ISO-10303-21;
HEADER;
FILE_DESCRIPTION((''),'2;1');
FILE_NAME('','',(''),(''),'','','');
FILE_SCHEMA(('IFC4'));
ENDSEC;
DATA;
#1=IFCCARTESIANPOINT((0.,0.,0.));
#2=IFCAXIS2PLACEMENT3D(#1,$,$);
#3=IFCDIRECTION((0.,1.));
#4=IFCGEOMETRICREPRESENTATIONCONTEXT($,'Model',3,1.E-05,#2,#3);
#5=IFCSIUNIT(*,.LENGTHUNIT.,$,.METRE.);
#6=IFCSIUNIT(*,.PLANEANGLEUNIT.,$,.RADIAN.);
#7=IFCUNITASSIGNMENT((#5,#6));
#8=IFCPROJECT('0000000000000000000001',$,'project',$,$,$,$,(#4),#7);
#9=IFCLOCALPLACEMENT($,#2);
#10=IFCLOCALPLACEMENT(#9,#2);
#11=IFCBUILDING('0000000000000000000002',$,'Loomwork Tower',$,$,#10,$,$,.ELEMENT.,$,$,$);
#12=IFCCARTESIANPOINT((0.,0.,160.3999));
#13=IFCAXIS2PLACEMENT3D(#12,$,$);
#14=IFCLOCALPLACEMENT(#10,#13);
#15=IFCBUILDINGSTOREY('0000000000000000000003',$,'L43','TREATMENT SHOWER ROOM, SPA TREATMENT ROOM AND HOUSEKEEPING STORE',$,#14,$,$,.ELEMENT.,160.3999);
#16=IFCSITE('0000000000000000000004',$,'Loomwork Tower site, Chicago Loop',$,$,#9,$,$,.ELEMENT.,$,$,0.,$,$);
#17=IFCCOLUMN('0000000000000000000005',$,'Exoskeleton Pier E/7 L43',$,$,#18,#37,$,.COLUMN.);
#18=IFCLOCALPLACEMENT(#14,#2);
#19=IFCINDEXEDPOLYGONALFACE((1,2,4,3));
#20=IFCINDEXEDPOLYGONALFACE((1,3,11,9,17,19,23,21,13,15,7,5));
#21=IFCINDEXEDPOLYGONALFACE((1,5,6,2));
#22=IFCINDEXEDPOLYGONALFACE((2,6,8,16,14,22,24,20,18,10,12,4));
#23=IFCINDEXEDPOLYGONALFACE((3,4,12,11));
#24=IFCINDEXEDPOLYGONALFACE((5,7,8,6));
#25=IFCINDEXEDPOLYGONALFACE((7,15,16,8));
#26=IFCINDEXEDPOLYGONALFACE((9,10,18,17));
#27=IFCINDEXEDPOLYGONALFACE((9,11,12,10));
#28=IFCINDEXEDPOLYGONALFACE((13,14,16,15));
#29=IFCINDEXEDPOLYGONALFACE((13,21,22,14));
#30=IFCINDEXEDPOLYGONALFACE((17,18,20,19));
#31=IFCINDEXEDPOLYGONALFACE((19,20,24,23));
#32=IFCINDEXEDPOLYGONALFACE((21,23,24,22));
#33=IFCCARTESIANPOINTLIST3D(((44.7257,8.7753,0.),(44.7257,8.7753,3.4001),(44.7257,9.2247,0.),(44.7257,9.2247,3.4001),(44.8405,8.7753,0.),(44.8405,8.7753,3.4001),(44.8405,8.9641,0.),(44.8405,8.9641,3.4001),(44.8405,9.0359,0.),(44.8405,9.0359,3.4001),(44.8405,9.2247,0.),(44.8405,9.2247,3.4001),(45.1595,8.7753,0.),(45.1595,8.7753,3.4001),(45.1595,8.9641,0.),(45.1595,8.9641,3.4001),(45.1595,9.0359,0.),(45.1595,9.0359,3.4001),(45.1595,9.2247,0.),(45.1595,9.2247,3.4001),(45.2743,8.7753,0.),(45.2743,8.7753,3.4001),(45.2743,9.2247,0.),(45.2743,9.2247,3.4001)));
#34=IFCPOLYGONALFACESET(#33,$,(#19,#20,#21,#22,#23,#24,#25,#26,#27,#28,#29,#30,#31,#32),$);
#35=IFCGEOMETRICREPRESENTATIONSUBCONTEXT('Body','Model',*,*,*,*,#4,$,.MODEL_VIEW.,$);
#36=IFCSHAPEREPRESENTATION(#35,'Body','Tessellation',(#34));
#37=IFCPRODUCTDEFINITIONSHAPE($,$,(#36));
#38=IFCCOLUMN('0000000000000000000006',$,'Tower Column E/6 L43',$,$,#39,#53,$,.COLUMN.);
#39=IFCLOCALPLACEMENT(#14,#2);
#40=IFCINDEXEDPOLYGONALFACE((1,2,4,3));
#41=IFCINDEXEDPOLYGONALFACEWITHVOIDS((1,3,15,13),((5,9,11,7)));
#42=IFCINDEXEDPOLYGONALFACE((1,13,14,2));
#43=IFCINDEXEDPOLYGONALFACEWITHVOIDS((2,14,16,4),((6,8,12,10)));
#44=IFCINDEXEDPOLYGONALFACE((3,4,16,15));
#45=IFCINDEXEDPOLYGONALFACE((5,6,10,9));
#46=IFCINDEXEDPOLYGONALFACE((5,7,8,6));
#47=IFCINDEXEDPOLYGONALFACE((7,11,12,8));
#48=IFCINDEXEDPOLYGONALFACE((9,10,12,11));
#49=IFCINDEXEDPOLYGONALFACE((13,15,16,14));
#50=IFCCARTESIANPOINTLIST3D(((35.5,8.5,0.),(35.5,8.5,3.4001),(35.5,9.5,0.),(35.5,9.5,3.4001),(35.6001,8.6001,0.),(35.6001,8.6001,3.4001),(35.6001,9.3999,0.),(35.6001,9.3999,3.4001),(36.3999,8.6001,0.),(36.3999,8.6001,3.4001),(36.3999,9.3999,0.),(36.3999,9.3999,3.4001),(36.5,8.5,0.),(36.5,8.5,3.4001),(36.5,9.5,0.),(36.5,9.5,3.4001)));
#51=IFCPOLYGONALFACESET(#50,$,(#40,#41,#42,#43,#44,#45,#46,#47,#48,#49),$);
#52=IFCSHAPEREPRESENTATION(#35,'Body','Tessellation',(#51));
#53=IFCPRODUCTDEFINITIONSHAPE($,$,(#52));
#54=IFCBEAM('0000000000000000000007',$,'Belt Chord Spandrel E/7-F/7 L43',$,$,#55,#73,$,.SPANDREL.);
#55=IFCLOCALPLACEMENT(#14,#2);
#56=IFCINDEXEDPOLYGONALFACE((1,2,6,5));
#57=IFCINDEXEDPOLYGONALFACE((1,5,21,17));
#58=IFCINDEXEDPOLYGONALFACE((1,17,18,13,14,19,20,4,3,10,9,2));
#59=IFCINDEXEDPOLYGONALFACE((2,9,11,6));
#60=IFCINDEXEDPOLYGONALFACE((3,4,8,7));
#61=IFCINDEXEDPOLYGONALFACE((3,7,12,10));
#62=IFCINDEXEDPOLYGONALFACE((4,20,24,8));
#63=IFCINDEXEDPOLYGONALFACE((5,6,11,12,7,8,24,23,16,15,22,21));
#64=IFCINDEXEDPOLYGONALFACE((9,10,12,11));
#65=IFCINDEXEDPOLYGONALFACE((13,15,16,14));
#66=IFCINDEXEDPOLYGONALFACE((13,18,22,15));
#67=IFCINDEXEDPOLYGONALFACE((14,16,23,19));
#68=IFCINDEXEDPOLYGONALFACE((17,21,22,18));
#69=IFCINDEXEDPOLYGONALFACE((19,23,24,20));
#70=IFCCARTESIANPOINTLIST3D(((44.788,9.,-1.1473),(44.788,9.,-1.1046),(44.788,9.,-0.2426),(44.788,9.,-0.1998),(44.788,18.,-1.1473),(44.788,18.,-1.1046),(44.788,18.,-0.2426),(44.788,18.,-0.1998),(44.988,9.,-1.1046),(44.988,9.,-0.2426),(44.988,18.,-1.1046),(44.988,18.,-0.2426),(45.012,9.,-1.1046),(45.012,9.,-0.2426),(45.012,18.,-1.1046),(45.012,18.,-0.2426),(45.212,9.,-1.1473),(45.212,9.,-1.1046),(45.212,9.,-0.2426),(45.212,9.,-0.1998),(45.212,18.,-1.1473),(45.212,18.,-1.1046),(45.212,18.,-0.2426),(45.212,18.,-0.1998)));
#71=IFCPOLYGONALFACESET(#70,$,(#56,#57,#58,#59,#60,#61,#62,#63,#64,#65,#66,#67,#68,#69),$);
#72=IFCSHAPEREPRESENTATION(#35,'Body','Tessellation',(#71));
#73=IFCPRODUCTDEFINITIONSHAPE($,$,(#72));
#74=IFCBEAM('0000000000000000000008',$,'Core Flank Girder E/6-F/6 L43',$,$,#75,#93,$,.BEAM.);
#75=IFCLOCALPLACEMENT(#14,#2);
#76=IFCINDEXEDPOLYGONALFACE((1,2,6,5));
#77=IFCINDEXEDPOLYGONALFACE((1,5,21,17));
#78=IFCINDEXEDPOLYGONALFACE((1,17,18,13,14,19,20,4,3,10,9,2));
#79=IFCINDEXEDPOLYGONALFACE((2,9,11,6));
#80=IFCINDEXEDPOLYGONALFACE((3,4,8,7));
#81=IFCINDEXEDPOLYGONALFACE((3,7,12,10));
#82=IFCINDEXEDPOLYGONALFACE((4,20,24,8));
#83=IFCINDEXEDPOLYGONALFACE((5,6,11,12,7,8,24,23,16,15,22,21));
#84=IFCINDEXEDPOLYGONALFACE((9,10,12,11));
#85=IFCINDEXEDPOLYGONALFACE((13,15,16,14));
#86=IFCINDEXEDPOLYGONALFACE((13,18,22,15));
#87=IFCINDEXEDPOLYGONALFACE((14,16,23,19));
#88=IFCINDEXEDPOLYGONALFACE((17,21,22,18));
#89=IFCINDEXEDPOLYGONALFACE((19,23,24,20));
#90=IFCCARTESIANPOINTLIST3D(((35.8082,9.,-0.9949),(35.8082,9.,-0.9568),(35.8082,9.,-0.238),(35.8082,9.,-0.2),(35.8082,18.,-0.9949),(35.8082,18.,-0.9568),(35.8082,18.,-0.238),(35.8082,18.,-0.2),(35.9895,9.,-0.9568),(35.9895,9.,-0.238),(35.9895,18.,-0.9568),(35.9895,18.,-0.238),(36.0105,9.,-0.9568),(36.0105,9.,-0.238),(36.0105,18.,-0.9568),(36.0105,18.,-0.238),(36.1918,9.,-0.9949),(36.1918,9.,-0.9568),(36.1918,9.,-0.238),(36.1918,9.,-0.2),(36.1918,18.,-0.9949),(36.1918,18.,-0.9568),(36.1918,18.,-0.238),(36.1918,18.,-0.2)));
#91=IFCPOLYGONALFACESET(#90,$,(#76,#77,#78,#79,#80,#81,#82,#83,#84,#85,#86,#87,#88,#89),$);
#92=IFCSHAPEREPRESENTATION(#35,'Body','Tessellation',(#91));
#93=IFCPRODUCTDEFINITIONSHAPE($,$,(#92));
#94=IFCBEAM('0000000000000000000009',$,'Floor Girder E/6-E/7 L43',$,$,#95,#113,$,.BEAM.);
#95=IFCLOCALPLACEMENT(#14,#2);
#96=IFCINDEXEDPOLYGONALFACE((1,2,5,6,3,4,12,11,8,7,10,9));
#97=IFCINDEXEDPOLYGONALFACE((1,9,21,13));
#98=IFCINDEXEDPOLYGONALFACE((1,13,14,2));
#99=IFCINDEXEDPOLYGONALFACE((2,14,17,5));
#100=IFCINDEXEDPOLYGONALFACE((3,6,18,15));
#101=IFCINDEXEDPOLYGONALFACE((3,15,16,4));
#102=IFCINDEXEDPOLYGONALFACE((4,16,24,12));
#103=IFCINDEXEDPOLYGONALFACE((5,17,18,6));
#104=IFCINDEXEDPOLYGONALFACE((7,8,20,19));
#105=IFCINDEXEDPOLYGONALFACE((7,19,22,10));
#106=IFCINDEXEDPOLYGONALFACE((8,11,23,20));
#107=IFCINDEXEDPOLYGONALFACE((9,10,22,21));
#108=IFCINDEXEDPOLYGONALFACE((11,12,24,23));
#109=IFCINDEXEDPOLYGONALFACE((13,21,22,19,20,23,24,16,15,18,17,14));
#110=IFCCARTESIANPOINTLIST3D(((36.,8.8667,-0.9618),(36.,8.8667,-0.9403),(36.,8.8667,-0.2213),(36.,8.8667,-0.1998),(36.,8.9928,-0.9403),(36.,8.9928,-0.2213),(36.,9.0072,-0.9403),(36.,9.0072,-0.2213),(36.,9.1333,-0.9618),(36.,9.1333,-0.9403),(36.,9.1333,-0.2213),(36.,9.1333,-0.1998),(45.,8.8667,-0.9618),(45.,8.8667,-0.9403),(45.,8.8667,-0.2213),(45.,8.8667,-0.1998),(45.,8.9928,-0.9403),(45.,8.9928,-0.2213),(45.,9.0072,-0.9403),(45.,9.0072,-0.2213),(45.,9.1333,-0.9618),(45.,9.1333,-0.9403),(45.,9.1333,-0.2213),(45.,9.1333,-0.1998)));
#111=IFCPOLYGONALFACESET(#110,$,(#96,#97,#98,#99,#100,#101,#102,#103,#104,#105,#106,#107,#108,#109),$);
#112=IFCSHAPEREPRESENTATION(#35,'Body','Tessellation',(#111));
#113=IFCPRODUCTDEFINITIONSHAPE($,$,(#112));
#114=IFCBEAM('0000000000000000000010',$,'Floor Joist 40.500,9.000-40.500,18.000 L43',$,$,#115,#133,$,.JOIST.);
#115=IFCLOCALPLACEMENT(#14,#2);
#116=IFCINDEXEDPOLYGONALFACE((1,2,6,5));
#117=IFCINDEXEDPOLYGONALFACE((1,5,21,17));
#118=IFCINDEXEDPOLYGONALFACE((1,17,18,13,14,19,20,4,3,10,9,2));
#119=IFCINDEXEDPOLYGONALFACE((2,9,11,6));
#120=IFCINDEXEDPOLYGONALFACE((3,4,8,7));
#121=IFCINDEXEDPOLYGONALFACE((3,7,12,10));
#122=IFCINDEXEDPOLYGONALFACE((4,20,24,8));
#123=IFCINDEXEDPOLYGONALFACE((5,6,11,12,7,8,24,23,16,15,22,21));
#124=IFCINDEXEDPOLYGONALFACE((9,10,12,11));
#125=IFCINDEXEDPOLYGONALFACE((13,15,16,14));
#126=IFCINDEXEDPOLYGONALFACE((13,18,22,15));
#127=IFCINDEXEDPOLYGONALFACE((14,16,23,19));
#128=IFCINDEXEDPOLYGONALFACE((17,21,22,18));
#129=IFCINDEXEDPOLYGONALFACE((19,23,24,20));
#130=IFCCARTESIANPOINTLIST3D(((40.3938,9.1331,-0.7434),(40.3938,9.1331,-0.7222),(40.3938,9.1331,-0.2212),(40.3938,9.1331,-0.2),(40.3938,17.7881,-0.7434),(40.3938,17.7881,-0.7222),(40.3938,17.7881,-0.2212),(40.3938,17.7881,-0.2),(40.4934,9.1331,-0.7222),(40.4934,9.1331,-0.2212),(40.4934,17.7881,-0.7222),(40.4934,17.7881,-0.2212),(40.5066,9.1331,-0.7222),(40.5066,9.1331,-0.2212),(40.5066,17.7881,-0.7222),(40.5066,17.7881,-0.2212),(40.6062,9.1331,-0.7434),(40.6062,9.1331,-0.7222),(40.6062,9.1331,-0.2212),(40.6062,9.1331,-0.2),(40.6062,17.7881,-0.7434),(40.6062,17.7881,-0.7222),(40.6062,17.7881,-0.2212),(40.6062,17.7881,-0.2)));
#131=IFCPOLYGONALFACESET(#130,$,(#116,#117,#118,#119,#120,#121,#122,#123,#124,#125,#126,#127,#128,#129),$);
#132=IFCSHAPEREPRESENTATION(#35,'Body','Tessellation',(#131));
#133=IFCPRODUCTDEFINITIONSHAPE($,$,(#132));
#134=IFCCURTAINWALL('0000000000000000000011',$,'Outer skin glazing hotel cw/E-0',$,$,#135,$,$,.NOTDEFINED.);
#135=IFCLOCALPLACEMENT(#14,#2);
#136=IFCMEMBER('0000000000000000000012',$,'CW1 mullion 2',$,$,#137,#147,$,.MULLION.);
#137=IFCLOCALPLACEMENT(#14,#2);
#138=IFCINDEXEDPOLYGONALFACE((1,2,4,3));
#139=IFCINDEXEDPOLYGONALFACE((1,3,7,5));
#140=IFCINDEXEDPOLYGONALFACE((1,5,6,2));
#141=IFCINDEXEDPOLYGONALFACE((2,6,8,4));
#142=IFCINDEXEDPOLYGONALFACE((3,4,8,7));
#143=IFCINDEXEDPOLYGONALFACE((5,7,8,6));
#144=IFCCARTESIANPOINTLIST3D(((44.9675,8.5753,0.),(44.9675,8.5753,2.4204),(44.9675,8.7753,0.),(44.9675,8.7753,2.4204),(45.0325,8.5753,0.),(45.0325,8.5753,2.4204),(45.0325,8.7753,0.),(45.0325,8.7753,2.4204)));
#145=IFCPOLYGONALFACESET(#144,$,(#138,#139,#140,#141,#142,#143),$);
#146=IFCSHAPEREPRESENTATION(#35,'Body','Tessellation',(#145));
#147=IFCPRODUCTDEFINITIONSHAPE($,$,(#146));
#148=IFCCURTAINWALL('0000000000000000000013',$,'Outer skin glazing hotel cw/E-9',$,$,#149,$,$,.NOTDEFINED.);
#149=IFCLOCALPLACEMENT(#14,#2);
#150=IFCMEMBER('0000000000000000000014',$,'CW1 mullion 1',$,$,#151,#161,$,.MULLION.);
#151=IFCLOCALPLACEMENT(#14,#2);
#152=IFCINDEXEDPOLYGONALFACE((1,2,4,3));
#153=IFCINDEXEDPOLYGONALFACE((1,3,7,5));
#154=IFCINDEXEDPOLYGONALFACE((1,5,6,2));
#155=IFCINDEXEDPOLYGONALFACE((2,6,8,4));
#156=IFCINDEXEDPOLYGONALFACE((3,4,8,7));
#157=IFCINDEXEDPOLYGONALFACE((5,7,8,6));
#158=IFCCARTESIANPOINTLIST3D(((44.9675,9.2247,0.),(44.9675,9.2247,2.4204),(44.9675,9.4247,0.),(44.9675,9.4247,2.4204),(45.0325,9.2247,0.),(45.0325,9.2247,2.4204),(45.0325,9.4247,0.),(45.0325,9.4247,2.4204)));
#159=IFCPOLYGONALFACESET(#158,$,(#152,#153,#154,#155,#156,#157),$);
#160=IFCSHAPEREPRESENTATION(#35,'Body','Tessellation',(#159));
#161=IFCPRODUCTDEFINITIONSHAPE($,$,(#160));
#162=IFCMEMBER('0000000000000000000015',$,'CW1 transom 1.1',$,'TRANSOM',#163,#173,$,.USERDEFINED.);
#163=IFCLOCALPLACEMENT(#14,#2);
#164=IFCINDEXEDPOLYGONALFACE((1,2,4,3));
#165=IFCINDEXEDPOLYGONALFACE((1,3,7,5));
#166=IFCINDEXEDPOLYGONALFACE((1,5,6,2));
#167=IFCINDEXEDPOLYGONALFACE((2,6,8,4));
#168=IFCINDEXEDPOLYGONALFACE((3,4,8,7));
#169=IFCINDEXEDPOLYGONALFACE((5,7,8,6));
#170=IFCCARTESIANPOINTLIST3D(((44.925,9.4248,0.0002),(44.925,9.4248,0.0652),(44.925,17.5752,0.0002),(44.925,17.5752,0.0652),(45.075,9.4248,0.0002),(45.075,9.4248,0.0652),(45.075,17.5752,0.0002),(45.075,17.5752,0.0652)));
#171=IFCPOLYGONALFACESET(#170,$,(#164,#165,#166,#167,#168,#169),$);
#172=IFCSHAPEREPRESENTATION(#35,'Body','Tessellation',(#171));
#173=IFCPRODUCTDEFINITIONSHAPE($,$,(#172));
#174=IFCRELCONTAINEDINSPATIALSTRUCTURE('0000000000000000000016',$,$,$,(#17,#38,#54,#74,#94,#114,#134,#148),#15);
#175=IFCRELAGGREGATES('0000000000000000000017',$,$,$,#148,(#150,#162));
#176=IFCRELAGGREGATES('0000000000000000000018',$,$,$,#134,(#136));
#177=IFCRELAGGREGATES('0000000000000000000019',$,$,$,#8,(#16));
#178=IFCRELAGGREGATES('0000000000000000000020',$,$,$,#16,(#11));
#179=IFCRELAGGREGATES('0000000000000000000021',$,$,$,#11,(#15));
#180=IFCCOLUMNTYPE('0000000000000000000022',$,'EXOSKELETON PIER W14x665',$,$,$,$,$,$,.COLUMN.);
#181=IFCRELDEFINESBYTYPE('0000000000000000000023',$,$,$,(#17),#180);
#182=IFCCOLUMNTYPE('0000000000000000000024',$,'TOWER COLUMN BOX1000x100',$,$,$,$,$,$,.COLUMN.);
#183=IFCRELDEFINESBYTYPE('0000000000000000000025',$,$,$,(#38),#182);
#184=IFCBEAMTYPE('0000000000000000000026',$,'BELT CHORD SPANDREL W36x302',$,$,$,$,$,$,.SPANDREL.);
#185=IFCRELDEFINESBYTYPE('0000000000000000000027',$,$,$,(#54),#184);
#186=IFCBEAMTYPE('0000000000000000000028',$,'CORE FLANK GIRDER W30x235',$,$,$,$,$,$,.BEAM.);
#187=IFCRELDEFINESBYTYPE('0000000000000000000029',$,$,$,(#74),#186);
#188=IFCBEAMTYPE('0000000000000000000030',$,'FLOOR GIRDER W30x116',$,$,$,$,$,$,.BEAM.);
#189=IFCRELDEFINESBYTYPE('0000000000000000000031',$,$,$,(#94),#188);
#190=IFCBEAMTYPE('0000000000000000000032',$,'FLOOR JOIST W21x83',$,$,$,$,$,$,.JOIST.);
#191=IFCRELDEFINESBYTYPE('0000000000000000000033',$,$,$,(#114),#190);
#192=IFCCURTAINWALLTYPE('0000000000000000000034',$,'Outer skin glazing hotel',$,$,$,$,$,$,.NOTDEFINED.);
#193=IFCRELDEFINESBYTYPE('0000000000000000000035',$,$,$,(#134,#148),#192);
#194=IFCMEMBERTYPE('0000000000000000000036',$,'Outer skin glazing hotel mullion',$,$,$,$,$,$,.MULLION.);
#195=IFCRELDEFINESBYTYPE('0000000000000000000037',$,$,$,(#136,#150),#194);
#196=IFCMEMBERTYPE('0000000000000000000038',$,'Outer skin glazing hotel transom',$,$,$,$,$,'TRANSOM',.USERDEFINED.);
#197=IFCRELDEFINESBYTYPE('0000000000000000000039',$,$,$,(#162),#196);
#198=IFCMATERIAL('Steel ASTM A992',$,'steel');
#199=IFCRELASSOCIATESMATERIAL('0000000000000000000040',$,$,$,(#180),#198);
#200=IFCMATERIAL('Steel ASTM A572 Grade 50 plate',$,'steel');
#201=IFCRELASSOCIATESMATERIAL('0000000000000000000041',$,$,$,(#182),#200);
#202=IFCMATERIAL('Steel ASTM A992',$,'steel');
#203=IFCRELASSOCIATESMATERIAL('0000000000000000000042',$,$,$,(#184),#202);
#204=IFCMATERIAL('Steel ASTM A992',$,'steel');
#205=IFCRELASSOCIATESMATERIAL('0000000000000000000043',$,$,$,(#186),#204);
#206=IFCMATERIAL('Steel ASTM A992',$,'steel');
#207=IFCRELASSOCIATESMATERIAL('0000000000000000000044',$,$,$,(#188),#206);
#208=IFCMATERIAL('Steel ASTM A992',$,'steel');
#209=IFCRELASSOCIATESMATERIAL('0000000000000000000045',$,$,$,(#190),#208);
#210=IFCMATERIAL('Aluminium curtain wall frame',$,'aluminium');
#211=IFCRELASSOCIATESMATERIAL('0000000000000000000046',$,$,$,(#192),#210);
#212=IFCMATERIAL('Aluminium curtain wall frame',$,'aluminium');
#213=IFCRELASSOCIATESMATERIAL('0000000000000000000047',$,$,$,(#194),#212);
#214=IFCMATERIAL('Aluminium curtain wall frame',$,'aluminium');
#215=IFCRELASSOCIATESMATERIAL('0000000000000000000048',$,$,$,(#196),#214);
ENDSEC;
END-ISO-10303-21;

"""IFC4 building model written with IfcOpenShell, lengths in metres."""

from ifc_helpers import new_model, si_unit, direction, frame, origin, origin_2d, place, context, subcontext, project, spatial, rectangle, hollow_rectangle, i_section, extrude, material, material_profile, profile_set, type_object, element, aggregate, save


model = new_model("IFC4")

# Units and contexts
model_context = context("Model", 3, precision=1e-05, world=origin(), true_north=direction((0.0, 1.0)))
body_context = subcontext(model_context, "Body", "Model", "MODEL_VIEW")
ifc_project = project(units=[si_unit("LENGTHUNIT", "METRE"), si_unit("PLANEANGLEUNIT", "RADIAN")], contexts=[model_context])

# Site, building, storey
site_placement = place(None, origin())
site = spatial("IfcSite", under=ifc_project, at=site_placement, Name="Loomwork Tower site, Chicago Loop", CompositionType="ELEMENT", RefElevation=0.0)
building_placement = place(site_placement, origin())
building = spatial("IfcBuilding", under=site, at=building_placement, Name="Loomwork Tower", CompositionType="ELEMENT")
storey_placement = place(building_placement, frame((0.0, 0.0, 160.3999)))
storey = spatial("IfcBuildingStorey", under=building, at=storey_placement, Name="L43", Description="TREATMENT SHOWER ROOM, SPA TREATMENT ROOM AND HOUSEKEEPING STORE", CompositionType="ELEMENT", Elevation=160.3999)

# Columns
ifc_material_1 = material(Name="Steel ASTM A992", Category="steel")
ifc_material_profile_1 = material_profile(ifc_material_1, i_section(OverallWidth=0.4495, OverallDepth=0.5486, WebThickness=0.0718, FlangeThickness=0.1147, at=origin_2d()), Name="W14x665")
ifc_profile_set_1 = profile_set([ifc_material_profile_1], Name="Steel ASTM A992")
column_type_1 = type_object("IfcColumnType", Name="EXOSKELETON PIER W14x665", PredefinedType="COLUMN", material=ifc_profile_set_1)
column_1_placement = place(storey_placement, frame((45.0, 9.0, 0.0), z_axis=(0.0, 0.0, 1.0), x_axis=(0.0, 1.0, 0.0)))
element("IfcColumn", 1, at=column_1_placement, inside=storey, type_object=column_type_1, Name="Exoskeleton Pier E/7 L43", PredefinedType="COLUMN", context=body_context, shape_type="SweptSolid", body=[
    extrude(i_section(OverallWidth=0.4495, OverallDepth=0.5486, WebThickness=0.0718, FlangeThickness=0.1147, at=origin_2d()), origin(), (0.0, 0.0, 1.0), 3.4001),
])
ifc_material_2 = material(Name="Steel ASTM A572 Grade 50 plate", Category="steel")
ifc_material_profile_2 = material_profile(ifc_material_2, hollow_rectangle(XDim=1.0, YDim=1.0, WallThickness=0.1001, at=origin_2d()), Name="BOX1000x100")
ifc_profile_set_2 = profile_set([ifc_material_profile_2], Name="Steel ASTM A572 Grade 50 plate")
column_type_2 = type_object("IfcColumnType", Name="TOWER COLUMN BOX1000x100", PredefinedType="COLUMN", material=ifc_profile_set_2)
column_2_placement = place(storey_placement, frame((36.0, 9.0, 0.0), z_axis=(0.0, 0.0, 1.0), x_axis=(0.0, 1.0, 0.0)))
element("IfcColumn", 2, at=column_2_placement, inside=storey, type_object=column_type_2, Name="Tower Column E/6 L43", PredefinedType="COLUMN", context=body_context, shape_type="SweptSolid", body=[
    extrude(hollow_rectangle(XDim=1.0, YDim=1.0, WallThickness=0.1001, at=origin_2d()), origin(), (0.0, 0.0, 1.0), 3.4001),
])

# Beams
ifc_material_3 = material(Name="Steel ASTM A992", Category="steel")
ifc_material_profile_3 = material_profile(ifc_material_3, i_section(OverallWidth=0.4241, OverallDepth=0.9475, WebThickness=0.0239, FlangeThickness=0.0427, at=origin_2d()), Name="W36x302")
ifc_profile_set_3 = profile_set([ifc_material_profile_3], Name="Steel ASTM A992")
beam_type_1 = type_object("IfcBeamType", Name="BELT CHORD SPANDREL W36x302", PredefinedType="SPANDREL", material=ifc_profile_set_3)
beam_1_placement = place(storey_placement, frame((45.0, 9.0, -0.6736), z_axis=(0.0, 1.0, 0.0), x_axis=(-1.0, 0.0, 0.0)))
element("IfcBeam", 3, at=beam_1_placement, inside=storey, type_object=beam_type_1, Name="Belt Chord Spandrel E/7-F/7 L43", PredefinedType="SPANDREL", context=body_context, shape_type="SweptSolid", body=[
    extrude(i_section(OverallWidth=0.4241, OverallDepth=0.9475, WebThickness=0.0239, FlangeThickness=0.0427, at=origin_2d()), origin(), (0.0, 0.0, 1.0), 9.0),
])
ifc_material_4 = material(Name="Steel ASTM A992", Category="steel")
ifc_material_profile_4 = material_profile(ifc_material_4, i_section(OverallWidth=0.3835, OverallDepth=0.7949, WebThickness=0.021, FlangeThickness=0.0381, at=origin_2d()), Name="W30x235")
ifc_profile_set_4 = profile_set([ifc_material_profile_4], Name="Steel ASTM A992")
beam_type_2 = type_object("IfcBeamType", Name="CORE FLANK GIRDER W30x235", PredefinedType="BEAM", material=ifc_profile_set_4)
beam_2_placement = place(storey_placement, frame((36.0, 9.0, -0.5974), z_axis=(0.0, 1.0, 0.0), x_axis=(-1.0, 0.0, 0.0)))
element("IfcBeam", 4, at=beam_2_placement, inside=storey, type_object=beam_type_2, Name="Core Flank Girder E/6-F/6 L43", PredefinedType="BEAM", context=body_context, shape_type="SweptSolid", body=[
    extrude(i_section(OverallWidth=0.3835, OverallDepth=0.7949, WebThickness=0.021, FlangeThickness=0.0381, at=origin_2d()), origin(), (0.0, 0.0, 1.0), 9.0),
])
ifc_material_5 = material(Name="Steel ASTM A992", Category="steel")
ifc_material_profile_5 = material_profile(ifc_material_5, i_section(OverallWidth=0.2666, OverallDepth=0.762, WebThickness=0.0144, FlangeThickness=0.0215, at=origin_2d()), Name="W30x116")
ifc_profile_set_5 = profile_set([ifc_material_profile_5], Name="Steel ASTM A992")
beam_type_3 = type_object("IfcBeamType", Name="FLOOR GIRDER W30x116", PredefinedType="BEAM", material=ifc_profile_set_5)
beam_3_placement = place(storey_placement, frame((36.0, 9.0, -0.5808), z_axis=(1.0, 0.0, 0.0), x_axis=(0.0, 1.0, 0.0)))
element("IfcBeam", 5, at=beam_3_placement, inside=storey, type_object=beam_type_3, Name="Floor Girder E/6-E/7 L43", PredefinedType="BEAM", context=body_context, shape_type="SweptSolid", body=[
    extrude(i_section(OverallWidth=0.2666, OverallDepth=0.762, WebThickness=0.0144, FlangeThickness=0.0215, at=origin_2d()), origin(), (0.0, 0.0, 1.0), 9.0),
])
ifc_material_6 = material(Name="Steel ASTM A992", Category="steel")
ifc_material_profile_6 = material_profile(ifc_material_6, i_section(OverallWidth=0.2124, OverallDepth=0.5435, WebThickness=0.0132, FlangeThickness=0.0212, at=origin_2d()), Name="W21x83")
ifc_profile_set_6 = profile_set([ifc_material_profile_6], Name="Steel ASTM A992")
beam_type_4 = type_object("IfcBeamType", Name="FLOOR JOIST W21x83", PredefinedType="JOIST", material=ifc_profile_set_6)
beam_4_placement = place(storey_placement, frame((40.5, 9.1331, -0.4717), z_axis=(0.0, 1.0, 0.0), x_axis=(-1.0, 0.0, 0.0)))
element("IfcBeam", 6, at=beam_4_placement, inside=storey, type_object=beam_type_4, Name="Floor Joist 40.500,9.000-40.500,18.000 L43", PredefinedType="JOIST", context=body_context, shape_type="SweptSolid", body=[
    extrude(i_section(OverallWidth=0.2124, OverallDepth=0.5435, WebThickness=0.0132, FlangeThickness=0.0212, at=origin_2d()), origin(), (0.0, 0.0, 1.0), 8.655),
])

# Curtain wall, member
ifc_material_7 = material(Name="Aluminium curtain wall frame", Category="aluminium")
curtain_wall_type = type_object("IfcCurtainWallType", Name="Outer skin glazing hotel", PredefinedType="NOTDEFINED", material=ifc_material_7)
curtain_wall_1_placement = place(storey_placement, origin())
curtain_wall_1 = element("IfcCurtainWall", 7, at=curtain_wall_1_placement, inside=storey, type_object=curtain_wall_type, Name="Outer skin glazing hotel cw/E-0", PredefinedType="NOTDEFINED")
ifc_material_8 = material(Name="Aluminium curtain wall frame", Category="aluminium")
ifc_material_profile_7 = material_profile(ifc_material_8, rectangle(XDim=0.0649, YDim=0.2, at=origin_2d()), Name="AL 65x200")
ifc_profile_set_7 = profile_set([ifc_material_profile_7], Name="Aluminium curtain wall frame")
member_type_1 = type_object("IfcMemberType", Name="Outer skin glazing hotel mullion", PredefinedType="MULLION", material=ifc_profile_set_7)
member_1_placement = place(storey_placement, frame((45.0, 8.6753, 0.0), z_axis=(0.0, 0.0, 1.0), x_axis=(-1.0, 0.0, 0.0)))
member_1 = element("IfcMember", 8, at=member_1_placement, type_object=member_type_1, Name="CW1 mullion 2", PredefinedType="MULLION", context=body_context, shape_type="SweptSolid", body=[
    extrude(rectangle(XDim=0.0649, YDim=0.2, at=origin_2d()), origin(), (0.0, 0.0, 1.0), 2.4204),
])

# Curtain wall, members
curtain_wall_2_placement = place(storey_placement, origin())
curtain_wall_2 = element("IfcCurtainWall", 9, at=curtain_wall_2_placement, inside=storey, type_object=curtain_wall_type, Name="Outer skin glazing hotel cw/E-9", PredefinedType="NOTDEFINED")
member_2_placement = place(storey_placement, frame((45.0, 9.3247, 0.0), z_axis=(0.0, 0.0, 1.0), x_axis=(-1.0, 0.0, 0.0)))
member_2 = element("IfcMember", 10, at=member_2_placement, type_object=member_type_1, Name="CW1 mullion 1", PredefinedType="MULLION", context=body_context, shape_type="SweptSolid", body=[
    extrude(rectangle(XDim=0.0649, YDim=0.2, at=origin_2d()), origin(), (0.0, 0.0, 1.0), 2.4204),
])
ifc_material_9 = material(Name="Aluminium curtain wall frame", Category="aluminium")
ifc_material_profile_8 = material_profile(ifc_material_9, rectangle(XDim=0.1499, YDim=0.0649, at=origin_2d()), Name="AL 65x150")
ifc_profile_set_8 = profile_set([ifc_material_profile_8], Name="Aluminium curtain wall frame")
member_type_2 = type_object("IfcMemberType", Name="Outer skin glazing hotel transom", ElementType="TRANSOM", PredefinedType="USERDEFINED", material=ifc_profile_set_8)
member_3_placement = place(storey_placement, frame((45.0, 9.4248, 0.0327), z_axis=(0.0, 1.0, 0.0), x_axis=(-1.0, 0.0, 0.0)))
member_3 = element("IfcMember", 11, at=member_3_placement, type_object=member_type_2, Name="CW1 transom 1.1", ObjectType="TRANSOM", PredefinedType="USERDEFINED", context=body_context, shape_type="SweptSolid", body=[
    extrude(rectangle(XDim=0.1499, YDim=0.0649, at=origin_2d()), origin(), (0.0, 0.0, 1.0), 8.1504),
])
aggregate(curtain_wall_2, [member_2, member_3])

aggregate(curtain_wall_1, [member_1])

save(model, "model.ifc")
